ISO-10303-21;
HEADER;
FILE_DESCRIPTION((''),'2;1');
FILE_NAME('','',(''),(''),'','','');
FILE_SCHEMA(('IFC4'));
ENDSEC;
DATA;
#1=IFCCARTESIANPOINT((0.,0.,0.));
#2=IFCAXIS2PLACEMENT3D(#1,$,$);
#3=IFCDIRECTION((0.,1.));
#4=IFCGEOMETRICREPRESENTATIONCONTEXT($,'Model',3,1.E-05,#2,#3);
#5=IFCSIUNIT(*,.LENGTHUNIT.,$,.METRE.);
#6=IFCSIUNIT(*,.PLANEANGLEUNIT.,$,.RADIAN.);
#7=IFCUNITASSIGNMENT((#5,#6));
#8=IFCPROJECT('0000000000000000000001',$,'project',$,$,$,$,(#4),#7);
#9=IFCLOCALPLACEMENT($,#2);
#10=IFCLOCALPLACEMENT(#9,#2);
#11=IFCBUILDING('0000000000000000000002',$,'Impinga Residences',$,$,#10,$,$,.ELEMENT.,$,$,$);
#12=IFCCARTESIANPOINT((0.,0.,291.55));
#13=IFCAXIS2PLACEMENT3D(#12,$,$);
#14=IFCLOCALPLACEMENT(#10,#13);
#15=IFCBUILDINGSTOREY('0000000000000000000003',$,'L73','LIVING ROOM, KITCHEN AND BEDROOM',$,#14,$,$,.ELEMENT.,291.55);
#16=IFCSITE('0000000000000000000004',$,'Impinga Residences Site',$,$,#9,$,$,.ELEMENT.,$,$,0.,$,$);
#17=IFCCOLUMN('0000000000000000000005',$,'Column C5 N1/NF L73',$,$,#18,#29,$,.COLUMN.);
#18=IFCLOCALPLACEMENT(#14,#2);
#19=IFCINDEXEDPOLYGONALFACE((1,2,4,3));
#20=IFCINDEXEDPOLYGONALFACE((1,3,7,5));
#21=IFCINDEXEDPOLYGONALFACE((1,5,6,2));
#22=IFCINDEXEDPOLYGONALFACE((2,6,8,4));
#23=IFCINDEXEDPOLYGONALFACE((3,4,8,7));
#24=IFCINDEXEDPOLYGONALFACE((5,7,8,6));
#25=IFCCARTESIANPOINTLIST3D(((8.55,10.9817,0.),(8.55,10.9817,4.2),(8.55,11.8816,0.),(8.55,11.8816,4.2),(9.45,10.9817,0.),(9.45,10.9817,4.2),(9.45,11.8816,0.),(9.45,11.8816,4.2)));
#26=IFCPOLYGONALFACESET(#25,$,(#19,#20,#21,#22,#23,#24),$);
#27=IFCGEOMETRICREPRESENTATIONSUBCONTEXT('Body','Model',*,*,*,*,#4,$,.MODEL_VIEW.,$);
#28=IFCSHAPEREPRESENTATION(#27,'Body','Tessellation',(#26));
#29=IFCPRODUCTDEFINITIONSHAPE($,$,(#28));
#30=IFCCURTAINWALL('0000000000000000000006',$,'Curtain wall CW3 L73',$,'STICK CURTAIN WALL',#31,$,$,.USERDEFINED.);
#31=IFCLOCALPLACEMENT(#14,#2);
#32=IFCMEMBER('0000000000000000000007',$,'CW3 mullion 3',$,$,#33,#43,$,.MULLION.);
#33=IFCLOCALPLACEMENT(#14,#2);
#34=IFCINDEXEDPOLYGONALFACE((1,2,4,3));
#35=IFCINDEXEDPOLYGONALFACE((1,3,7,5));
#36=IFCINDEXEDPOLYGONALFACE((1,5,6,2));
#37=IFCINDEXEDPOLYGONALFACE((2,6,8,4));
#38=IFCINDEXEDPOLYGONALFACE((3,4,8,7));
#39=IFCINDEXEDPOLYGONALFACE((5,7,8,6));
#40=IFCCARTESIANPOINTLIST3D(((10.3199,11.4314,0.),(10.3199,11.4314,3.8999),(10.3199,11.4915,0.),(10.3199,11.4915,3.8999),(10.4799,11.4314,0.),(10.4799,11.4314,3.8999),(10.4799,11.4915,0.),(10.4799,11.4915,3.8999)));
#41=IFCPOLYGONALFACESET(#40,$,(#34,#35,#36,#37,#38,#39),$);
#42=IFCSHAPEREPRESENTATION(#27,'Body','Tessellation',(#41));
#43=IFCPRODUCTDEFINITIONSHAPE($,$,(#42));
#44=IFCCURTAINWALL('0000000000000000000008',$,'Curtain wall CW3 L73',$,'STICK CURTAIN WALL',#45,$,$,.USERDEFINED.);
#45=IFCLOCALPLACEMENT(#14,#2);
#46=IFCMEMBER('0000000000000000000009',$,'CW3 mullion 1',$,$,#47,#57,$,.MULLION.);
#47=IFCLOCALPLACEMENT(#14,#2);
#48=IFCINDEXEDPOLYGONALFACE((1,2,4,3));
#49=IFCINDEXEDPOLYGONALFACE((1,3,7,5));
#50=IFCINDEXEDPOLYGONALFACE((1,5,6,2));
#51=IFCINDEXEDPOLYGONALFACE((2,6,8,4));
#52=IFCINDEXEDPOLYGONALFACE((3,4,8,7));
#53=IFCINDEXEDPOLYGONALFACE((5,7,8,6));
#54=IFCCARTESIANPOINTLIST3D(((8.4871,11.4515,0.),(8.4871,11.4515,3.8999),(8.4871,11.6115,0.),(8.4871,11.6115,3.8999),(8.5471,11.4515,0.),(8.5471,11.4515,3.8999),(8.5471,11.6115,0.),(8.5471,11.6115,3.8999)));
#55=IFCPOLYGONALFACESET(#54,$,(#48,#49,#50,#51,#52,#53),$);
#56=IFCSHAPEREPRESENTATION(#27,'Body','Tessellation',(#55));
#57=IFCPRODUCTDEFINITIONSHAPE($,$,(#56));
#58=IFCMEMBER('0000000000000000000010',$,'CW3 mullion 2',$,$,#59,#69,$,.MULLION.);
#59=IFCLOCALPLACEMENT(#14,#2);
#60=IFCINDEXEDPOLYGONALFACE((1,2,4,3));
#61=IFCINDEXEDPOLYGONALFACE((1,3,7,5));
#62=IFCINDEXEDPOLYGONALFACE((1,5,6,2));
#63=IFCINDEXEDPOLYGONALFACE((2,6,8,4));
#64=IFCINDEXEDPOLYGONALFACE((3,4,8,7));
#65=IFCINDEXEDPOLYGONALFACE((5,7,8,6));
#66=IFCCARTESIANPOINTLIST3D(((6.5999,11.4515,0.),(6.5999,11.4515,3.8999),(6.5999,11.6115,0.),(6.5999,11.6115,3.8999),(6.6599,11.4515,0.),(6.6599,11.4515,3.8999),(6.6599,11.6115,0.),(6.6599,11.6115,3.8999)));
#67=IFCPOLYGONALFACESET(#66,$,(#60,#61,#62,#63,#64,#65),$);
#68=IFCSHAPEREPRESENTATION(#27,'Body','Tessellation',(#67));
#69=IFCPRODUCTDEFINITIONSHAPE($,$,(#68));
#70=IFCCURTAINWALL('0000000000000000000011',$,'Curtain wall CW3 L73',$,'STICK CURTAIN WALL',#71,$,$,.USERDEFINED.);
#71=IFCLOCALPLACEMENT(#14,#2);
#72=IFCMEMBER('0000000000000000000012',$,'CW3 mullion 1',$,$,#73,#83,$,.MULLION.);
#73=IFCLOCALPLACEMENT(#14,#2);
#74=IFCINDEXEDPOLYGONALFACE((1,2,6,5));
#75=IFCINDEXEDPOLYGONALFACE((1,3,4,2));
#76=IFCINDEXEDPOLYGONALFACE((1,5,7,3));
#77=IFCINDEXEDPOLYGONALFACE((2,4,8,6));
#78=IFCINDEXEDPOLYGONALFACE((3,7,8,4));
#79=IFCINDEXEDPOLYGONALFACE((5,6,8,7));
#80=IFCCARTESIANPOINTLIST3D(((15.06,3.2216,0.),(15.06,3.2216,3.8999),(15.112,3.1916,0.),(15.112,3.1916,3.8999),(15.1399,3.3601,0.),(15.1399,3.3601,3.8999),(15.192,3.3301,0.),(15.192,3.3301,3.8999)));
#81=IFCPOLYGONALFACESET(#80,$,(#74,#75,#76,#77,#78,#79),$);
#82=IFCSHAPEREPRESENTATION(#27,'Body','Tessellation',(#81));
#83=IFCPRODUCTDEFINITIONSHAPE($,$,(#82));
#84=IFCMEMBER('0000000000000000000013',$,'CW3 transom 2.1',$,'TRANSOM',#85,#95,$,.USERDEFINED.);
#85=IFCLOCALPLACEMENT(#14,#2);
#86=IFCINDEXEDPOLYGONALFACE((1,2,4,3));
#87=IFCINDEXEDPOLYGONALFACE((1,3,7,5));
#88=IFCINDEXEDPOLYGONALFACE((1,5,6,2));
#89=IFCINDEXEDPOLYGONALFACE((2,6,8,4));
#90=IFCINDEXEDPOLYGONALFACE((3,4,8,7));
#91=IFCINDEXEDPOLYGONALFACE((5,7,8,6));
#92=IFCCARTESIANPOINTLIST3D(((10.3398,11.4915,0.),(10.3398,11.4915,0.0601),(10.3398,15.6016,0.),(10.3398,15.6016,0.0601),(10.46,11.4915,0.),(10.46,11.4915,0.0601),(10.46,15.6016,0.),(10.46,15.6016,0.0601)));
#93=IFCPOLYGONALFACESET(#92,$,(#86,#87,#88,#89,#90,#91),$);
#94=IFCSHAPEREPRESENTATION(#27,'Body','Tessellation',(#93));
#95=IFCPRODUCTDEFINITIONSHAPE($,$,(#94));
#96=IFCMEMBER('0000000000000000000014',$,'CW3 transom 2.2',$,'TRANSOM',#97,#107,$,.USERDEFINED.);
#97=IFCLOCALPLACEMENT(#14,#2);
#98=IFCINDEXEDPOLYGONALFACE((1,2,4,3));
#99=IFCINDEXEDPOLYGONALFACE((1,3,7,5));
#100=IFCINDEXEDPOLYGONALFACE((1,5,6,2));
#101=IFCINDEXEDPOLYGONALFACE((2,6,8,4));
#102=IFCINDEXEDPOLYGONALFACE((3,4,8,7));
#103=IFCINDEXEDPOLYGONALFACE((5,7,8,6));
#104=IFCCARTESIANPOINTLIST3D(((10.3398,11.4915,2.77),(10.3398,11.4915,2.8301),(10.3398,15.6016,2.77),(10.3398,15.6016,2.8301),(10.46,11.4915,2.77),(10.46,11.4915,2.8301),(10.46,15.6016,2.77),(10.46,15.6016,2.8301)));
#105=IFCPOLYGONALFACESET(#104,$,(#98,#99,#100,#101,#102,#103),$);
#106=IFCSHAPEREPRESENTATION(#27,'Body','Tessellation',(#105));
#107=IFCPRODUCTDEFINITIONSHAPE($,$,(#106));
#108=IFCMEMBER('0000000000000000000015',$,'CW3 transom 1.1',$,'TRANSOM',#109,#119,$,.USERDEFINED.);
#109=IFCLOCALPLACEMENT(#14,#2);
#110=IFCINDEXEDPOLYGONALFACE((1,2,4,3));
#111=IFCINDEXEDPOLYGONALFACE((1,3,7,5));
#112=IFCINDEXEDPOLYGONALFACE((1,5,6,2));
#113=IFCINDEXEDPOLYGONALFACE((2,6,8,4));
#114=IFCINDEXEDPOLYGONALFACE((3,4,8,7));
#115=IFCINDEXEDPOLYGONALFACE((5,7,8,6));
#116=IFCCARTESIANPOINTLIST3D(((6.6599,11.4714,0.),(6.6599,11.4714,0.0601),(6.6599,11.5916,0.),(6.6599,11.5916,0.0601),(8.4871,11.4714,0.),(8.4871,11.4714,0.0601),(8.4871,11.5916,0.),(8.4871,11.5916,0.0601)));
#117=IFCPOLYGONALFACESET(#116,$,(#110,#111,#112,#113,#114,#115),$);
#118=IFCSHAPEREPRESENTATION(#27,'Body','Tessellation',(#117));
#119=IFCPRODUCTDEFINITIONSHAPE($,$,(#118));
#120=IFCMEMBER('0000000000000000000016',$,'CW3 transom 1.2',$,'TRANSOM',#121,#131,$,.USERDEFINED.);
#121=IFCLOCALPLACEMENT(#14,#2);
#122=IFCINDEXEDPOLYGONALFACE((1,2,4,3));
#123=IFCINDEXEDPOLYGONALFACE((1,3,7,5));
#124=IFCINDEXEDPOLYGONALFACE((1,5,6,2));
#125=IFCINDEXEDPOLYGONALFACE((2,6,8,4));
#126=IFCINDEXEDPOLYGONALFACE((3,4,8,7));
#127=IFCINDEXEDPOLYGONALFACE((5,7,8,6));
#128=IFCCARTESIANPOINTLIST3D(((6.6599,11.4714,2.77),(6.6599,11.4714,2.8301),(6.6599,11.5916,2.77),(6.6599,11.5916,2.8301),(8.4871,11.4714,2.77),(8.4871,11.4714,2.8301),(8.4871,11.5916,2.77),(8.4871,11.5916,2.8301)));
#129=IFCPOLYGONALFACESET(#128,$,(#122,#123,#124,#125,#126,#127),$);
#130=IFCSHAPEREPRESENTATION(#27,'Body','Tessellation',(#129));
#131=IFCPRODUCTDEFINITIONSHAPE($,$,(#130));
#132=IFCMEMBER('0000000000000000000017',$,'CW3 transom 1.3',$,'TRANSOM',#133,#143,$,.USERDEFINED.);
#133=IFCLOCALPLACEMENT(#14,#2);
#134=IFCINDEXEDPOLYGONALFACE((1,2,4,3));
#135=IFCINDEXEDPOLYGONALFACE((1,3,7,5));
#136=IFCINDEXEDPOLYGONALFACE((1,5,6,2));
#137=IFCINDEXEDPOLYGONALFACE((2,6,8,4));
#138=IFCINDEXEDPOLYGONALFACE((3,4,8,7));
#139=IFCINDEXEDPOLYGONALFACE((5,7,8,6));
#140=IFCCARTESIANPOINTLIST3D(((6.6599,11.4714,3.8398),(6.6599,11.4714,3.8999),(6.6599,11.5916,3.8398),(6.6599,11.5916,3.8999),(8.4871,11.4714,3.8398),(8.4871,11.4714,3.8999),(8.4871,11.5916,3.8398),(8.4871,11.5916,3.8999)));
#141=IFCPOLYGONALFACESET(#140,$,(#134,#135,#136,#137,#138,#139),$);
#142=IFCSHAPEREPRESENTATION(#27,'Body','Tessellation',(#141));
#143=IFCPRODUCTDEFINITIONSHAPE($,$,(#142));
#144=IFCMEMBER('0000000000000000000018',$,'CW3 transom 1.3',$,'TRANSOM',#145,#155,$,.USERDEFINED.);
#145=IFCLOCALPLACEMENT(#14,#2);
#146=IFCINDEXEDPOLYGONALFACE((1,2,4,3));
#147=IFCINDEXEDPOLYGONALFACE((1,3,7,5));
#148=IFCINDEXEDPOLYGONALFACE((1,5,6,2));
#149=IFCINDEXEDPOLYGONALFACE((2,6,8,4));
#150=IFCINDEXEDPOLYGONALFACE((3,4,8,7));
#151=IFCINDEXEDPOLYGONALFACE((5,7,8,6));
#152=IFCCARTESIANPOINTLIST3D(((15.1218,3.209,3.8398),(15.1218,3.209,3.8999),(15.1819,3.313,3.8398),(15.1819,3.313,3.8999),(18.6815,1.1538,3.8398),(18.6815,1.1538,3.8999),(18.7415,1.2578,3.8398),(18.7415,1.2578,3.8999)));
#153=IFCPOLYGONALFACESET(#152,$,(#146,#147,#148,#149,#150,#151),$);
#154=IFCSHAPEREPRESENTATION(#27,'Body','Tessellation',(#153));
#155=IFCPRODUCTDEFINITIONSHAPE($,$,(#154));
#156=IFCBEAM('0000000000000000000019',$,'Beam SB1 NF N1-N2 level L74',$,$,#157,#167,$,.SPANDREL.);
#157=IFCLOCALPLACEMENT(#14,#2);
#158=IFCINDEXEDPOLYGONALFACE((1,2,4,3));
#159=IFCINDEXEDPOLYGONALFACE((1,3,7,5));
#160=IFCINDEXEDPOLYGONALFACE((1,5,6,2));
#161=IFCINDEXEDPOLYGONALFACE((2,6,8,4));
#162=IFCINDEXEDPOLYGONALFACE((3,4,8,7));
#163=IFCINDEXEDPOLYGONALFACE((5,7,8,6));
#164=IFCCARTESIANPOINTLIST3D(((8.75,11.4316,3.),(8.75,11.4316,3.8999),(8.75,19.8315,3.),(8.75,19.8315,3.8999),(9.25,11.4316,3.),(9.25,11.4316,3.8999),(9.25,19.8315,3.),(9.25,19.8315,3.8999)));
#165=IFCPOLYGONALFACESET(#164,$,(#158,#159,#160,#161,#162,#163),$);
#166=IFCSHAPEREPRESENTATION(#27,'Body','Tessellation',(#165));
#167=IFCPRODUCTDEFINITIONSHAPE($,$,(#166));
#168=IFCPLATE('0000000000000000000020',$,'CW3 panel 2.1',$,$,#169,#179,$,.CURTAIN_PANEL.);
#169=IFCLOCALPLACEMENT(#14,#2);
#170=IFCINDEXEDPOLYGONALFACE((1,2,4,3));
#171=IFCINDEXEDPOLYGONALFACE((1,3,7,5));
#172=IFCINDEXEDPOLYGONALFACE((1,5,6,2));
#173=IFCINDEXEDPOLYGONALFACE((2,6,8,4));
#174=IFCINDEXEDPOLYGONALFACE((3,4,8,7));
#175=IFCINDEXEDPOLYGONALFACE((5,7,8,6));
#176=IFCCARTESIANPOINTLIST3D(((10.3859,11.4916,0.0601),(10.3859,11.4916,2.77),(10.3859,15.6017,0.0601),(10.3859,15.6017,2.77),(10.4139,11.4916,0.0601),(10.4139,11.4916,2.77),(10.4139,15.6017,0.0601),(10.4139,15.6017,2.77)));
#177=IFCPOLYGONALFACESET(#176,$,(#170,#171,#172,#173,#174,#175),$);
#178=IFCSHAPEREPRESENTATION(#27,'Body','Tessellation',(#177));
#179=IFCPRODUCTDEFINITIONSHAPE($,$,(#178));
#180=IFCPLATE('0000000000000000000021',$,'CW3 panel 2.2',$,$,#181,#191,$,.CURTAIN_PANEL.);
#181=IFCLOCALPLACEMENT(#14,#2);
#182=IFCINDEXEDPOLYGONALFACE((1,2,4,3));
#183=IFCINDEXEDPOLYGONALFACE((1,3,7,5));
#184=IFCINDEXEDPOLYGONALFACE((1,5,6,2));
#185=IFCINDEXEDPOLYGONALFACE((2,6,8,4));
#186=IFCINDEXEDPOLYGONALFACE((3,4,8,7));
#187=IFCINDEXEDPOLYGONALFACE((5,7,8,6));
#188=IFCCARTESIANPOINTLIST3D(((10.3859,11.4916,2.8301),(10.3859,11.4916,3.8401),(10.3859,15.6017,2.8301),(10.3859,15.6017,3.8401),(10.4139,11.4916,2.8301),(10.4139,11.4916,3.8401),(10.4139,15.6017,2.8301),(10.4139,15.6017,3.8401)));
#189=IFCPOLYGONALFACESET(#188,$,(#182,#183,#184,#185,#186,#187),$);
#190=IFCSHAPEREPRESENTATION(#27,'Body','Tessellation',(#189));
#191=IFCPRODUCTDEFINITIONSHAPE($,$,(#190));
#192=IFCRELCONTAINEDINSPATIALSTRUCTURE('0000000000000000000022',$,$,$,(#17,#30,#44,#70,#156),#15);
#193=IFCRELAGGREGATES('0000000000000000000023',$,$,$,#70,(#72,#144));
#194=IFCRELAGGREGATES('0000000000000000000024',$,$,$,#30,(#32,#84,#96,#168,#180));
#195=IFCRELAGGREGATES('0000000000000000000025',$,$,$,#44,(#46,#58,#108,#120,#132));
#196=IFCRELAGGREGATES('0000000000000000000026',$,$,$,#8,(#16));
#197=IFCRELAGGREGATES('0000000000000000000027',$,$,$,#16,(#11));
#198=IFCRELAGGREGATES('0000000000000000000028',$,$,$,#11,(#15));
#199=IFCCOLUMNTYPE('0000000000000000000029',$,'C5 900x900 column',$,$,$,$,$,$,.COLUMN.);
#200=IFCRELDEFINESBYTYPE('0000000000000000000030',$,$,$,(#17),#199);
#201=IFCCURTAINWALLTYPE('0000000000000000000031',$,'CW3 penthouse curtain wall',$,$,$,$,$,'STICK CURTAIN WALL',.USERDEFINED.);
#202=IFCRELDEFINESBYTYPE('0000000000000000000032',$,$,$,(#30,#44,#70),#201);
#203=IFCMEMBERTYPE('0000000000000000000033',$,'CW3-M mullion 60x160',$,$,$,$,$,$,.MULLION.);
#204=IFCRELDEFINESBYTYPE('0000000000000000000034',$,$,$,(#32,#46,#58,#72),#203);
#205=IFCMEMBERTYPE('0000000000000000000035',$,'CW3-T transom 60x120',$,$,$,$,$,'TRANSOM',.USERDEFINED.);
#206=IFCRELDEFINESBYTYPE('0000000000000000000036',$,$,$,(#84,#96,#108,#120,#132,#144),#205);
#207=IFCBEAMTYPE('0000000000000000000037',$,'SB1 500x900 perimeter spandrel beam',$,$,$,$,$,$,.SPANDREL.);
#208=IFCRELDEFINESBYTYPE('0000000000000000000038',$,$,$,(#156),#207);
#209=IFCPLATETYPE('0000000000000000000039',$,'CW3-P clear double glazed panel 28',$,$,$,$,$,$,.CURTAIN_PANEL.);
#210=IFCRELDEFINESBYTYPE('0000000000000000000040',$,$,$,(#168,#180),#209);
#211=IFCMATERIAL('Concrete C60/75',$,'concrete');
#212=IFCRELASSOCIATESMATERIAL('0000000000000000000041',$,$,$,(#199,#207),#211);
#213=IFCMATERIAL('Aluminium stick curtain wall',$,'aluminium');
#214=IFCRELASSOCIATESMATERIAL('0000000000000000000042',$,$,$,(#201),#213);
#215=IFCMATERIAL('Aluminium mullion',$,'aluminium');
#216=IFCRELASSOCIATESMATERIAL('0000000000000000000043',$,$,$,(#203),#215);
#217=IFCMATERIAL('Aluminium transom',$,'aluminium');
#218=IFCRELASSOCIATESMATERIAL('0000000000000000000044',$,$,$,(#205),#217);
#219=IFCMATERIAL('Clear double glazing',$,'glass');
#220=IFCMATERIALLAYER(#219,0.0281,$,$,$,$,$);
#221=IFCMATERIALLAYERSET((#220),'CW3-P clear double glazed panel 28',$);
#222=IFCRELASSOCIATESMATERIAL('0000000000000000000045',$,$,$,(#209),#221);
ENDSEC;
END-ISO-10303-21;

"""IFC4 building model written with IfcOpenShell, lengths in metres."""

from ifc_helpers import new_model, si_unit, direction, frame, origin, origin_2d, place, context, subcontext, project, spatial, rectangle, extrude, material, layer, layer_set, material_profile, profile_set, type_object, element, aggregate, save


model = new_model("IFC4")

# Units and contexts
model_context = context("Model", 3, precision=1e-05, world=origin(), true_north=direction((0.0, 1.0)))
body_context = subcontext(model_context, "Body", "Model", "MODEL_VIEW")
ifc_project = project(units=[si_unit("LENGTHUNIT", "METRE"), si_unit("PLANEANGLEUNIT", "RADIAN")], contexts=[model_context])

# Site, building, storey
site_placement = place(None, origin())
site = spatial("IfcSite", under=ifc_project, at=site_placement, Name="Impinga Residences Site", CompositionType="ELEMENT", RefElevation=0.0)
building_placement = place(site_placement, origin())
building = spatial("IfcBuilding", under=site, at=building_placement, Name="Impinga Residences", CompositionType="ELEMENT")
storey_placement = place(building_placement, frame((0.0, 0.0, 291.55)))
storey = spatial("IfcBuildingStorey", under=building, at=storey_placement, Name="L73", Description="LIVING ROOM, KITCHEN AND BEDROOM", CompositionType="ELEMENT", Elevation=291.55)

# Column
ifc_material_1 = material(Name="Concrete C60/75", Category="concrete")
ifc_material_profile_1 = material_profile(ifc_material_1, rectangle(XDim=0.8999, YDim=0.8999, at=origin_2d()), Name="RC 900x900")
ifc_profile_set_1 = profile_set([ifc_material_profile_1], Name="Concrete C60/75")
column_type = type_object("IfcColumnType", Name="C5 900x900 column", PredefinedType="COLUMN", material=ifc_profile_set_1)
column_placement = place(storey_placement, frame((9.0, 11.4316, 0.0), z_axis=(0.0, 0.0, 1.0), x_axis=(1.0, 0.0, 0.0)))
element("IfcColumn", 1, at=column_placement, inside=storey, type_object=column_type, Name="Column C5 N1/NF L73", PredefinedType="COLUMN", context=body_context, shape_type="SweptSolid", body=[
    extrude(rectangle(XDim=0.8999, YDim=0.8999, at=origin_2d()), origin(), (0.0, 0.0, 1.0), 4.2),
])

# Curtain wall, member
ifc_material_2 = material(Name="Aluminium stick curtain wall", Category="aluminium")
curtain_wall_type = type_object("IfcCurtainWallType", Name="CW3 penthouse curtain wall", ElementType="STICK CURTAIN WALL", PredefinedType="USERDEFINED", material=ifc_material_2)
curtain_wall_1_placement = place(storey_placement, origin())
curtain_wall_1 = element("IfcCurtainWall", 2, at=curtain_wall_1_placement, inside=storey, type_object=curtain_wall_type, Name="Curtain wall CW3 L73", ObjectType="STICK CURTAIN WALL", PredefinedType="USERDEFINED")
ifc_material_3 = material(Name="Aluminium mullion", Category="aluminium")
ifc_material_profile_2 = material_profile(ifc_material_3, rectangle(XDim=0.0601, YDim=0.1599, at=origin_2d()), Name="60x160 mullion")
ifc_profile_set_2 = profile_set([ifc_material_profile_2], Name="Aluminium mullion")
member_type_1 = type_object("IfcMemberType", Name="CW3-M mullion 60x160", PredefinedType="MULLION", material=ifc_profile_set_2)
member_1_placement = place(storey_placement, frame((10.3999, 11.4614, 0.0), z_axis=(0.0, 0.0, 1.0), x_axis=(0.0, -1.0, 0.0)))
member_1 = element("IfcMember", 3, at=member_1_placement, type_object=member_type_1, Name="CW3 mullion 3", PredefinedType="MULLION", context=body_context, shape_type="SweptSolid", body=[
    extrude(rectangle(XDim=0.0601, YDim=0.1599, at=origin_2d()), origin(), (0.0, 0.0, 1.0), 3.8999),
])

# Curtain wall, members
curtain_wall_2_placement = place(storey_placement, origin())
curtain_wall_2 = element("IfcCurtainWall", 4, at=curtain_wall_2_placement, inside=storey, type_object=curtain_wall_type, Name="Curtain wall CW3 L73", ObjectType="STICK CURTAIN WALL", PredefinedType="USERDEFINED")
member_2_placement = place(storey_placement, frame((8.5171, 11.5315, 0.0), z_axis=(0.0, 0.0, 1.0), x_axis=(-1.0, 0.0, 0.0)))
member_2 = element("IfcMember", 5, at=member_2_placement, type_object=member_type_1, Name="CW3 mullion 1", PredefinedType="MULLION", context=body_context, shape_type="SweptSolid", body=[
    extrude(rectangle(XDim=0.0601, YDim=0.1599, at=origin_2d()), origin(), (0.0, 0.0, 1.0), 3.8999),
])
member_3_placement = place(storey_placement, frame((6.6299, 11.5315, 0.0), z_axis=(0.0, 0.0, 1.0), x_axis=(-1.0, 0.0, 0.0)))
member_3 = element("IfcMember", 6, at=member_3_placement, type_object=member_type_1, Name="CW3 mullion 2", PredefinedType="MULLION", context=body_context, shape_type="SweptSolid", body=[
    extrude(rectangle(XDim=0.0601, YDim=0.1599, at=origin_2d()), origin(), (0.0, 0.0, 1.0), 3.8999),
])

# Curtain wall, member
curtain_wall_3_placement = place(storey_placement, origin())
curtain_wall_3 = element("IfcCurtainWall", 7, at=curtain_wall_3_placement, inside=storey, type_object=curtain_wall_type, Name="Curtain wall CW3 L73", ObjectType="STICK CURTAIN WALL", PredefinedType="USERDEFINED")
member_4_placement = place(storey_placement, frame((15.126, 3.2759, 0.0), z_axis=(0.0, 0.0, 1.0), x_axis=(0.866025, -0.5, 0.0)))
member_4 = element("IfcMember", 8, at=member_4_placement, type_object=member_type_1, Name="CW3 mullion 1", PredefinedType="MULLION", context=body_context, shape_type="SweptSolid", body=[
    extrude(rectangle(XDim=0.0601, YDim=0.1599, at=origin_2d()), origin(), (0.0, 0.0, 1.0), 3.8999),
])

# Members
ifc_material_4 = material(Name="Aluminium transom", Category="aluminium")
ifc_material_profile_3 = material_profile(ifc_material_4, rectangle(XDim=0.0601, YDim=0.1201, at=origin_2d()), Name="60x120 transom")
ifc_profile_set_3 = profile_set([ifc_material_profile_3], Name="Aluminium transom")
member_type_2 = type_object("IfcMemberType", Name="CW3-T transom 60x120", ElementType="TRANSOM", PredefinedType="USERDEFINED", material=ifc_profile_set_3)
member_5_placement = place(storey_placement, frame((10.3999, 15.6016, 0.03), z_axis=(0.0, -1.0, 0.0), x_axis=(0.0, 0.0, 1.0)))
member_5 = element("IfcMember", 9, at=member_5_placement, type_object=member_type_2, Name="CW3 transom 2.1", ObjectType="TRANSOM", PredefinedType="USERDEFINED", context=body_context, shape_type="SweptSolid", body=[
    extrude(rectangle(XDim=0.0601, YDim=0.1201, at=origin_2d()), origin(), (0.0, 0.0, 1.0), 4.1101),
])
member_6_placement = place(storey_placement, frame((10.3999, 15.6016, 2.8), z_axis=(0.0, -1.0, 0.0), x_axis=(0.0, 0.0, 1.0)))
member_6 = element("IfcMember", 10, at=member_6_placement, type_object=member_type_2, Name="CW3 transom 2.2", ObjectType="TRANSOM", PredefinedType="USERDEFINED", context=body_context, shape_type="SweptSolid", body=[
    extrude(rectangle(XDim=0.0601, YDim=0.1201, at=origin_2d()), origin(), (0.0, 0.0, 1.0), 4.1101),
])
member_7_placement = place(storey_placement, frame((8.4871, 11.5315, 0.03), z_axis=(-1.0, 0.0, 0.0), x_axis=(0.0, 0.0, 1.0)))
member_7 = element("IfcMember", 11, at=member_7_placement, type_object=member_type_2, Name="CW3 transom 1.1", ObjectType="TRANSOM", PredefinedType="USERDEFINED", context=body_context, shape_type="SweptSolid", body=[
    extrude(rectangle(XDim=0.0601, YDim=0.1201, at=origin_2d()), origin(), (0.0, 0.0, 1.0), 1.8271),
])
member_8_placement = place(storey_placement, frame((8.4871, 11.5315, 2.8), z_axis=(-1.0, 0.0, 0.0), x_axis=(0.0, 0.0, 1.0)))
member_8 = element("IfcMember", 12, at=member_8_placement, type_object=member_type_2, Name="CW3 transom 1.2", ObjectType="TRANSOM", PredefinedType="USERDEFINED", context=body_context, shape_type="SweptSolid", body=[
    extrude(rectangle(XDim=0.0601, YDim=0.1201, at=origin_2d()), origin(), (0.0, 0.0, 1.0), 1.8271),
])
member_9_placement = place(storey_placement, frame((8.4871, 11.5315, 3.8699), z_axis=(-1.0, 0.0, 0.0), x_axis=(0.0, 0.0, 1.0)))
member_9 = element("IfcMember", 13, at=member_9_placement, type_object=member_type_2, Name="CW3 transom 1.3", ObjectType="TRANSOM", PredefinedType="USERDEFINED", context=body_context, shape_type="SweptSolid", body=[
    extrude(rectangle(XDim=0.0601, YDim=0.1201, at=origin_2d()), origin(), (0.0, 0.0, 1.0), 1.8271),
])
member_10_placement = place(storey_placement, frame((15.1519, 3.261, 3.8699), z_axis=(0.866019, -0.50001, 0.0), x_axis=(0.0, 0.0, 1.0)))
member_10 = element("IfcMember", 14, at=member_10_placement, type_object=member_type_2, Name="CW3 transom 1.3", ObjectType="TRANSOM", PredefinedType="USERDEFINED", context=body_context, shape_type="SweptSolid", body=[
    extrude(rectangle(XDim=0.0601, YDim=0.1201, at=origin_2d()), origin(), (0.0, 0.0, 1.0), 4.1104),
])
aggregate(curtain_wall_3, [member_4, member_10])

# Beam
ifc_material_profile_4 = material_profile(ifc_material_1, rectangle(XDim=0.5, YDim=0.8999, at=origin_2d()), Name="RC 500x900")
ifc_profile_set_4 = profile_set([ifc_material_profile_4], Name="Concrete C60/75")
beam_type = type_object("IfcBeamType", Name="SB1 500x900 perimeter spandrel beam", PredefinedType="SPANDREL", material=ifc_profile_set_4)
beam_placement = place(storey_placement, frame((9.0, 11.4316, 3.45), z_axis=(0.0, 1.0, 0.0), x_axis=(-1.0, 0.0, 0.0)))
element("IfcBeam", 15, at=beam_placement, inside=storey, type_object=beam_type, Name="Beam SB1 NF N1-N2 level L74", PredefinedType="SPANDREL", context=body_context, shape_type="SweptSolid", body=[
    extrude(rectangle(XDim=0.5, YDim=0.8999, at=origin_2d()), origin(), (0.0, 0.0, 1.0), 8.3999),
])

# Plates
ifc_material_5 = material(Name="Clear double glazing", Category="glass")
ifc_layer_1 = layer(ifc_material_5, 0.0281)
ifc_layer_set_1 = layer_set([ifc_layer_1], Name="CW3-P clear double glazed panel 28")
plate_type = type_object("IfcPlateType", Name="CW3-P clear double glazed panel 28", PredefinedType="CURTAIN_PANEL", material=ifc_layer_set_1)
plate_1_placement = place(storey_placement, frame((10.3999, 13.5466, 0.0601), z_axis=(0.0, 0.0, 1.0), x_axis=(0.0, -1.0, 0.0)))
plate_1 = element("IfcPlate", 16, at=plate_1_placement, type_object=plate_type, Name="CW3 panel 2.1", PredefinedType="CURTAIN_PANEL", context=body_context, shape_type="SweptSolid", body=[
    extrude(rectangle(XDim=4.1101, YDim=0.0281, at=origin_2d()), origin(), (0.0, 0.0, 1.0), 2.71),
])
plate_2_placement = place(storey_placement, frame((10.3999, 13.5466, 2.8301), z_axis=(0.0, 0.0, 1.0), x_axis=(0.0, -1.0, 0.0)))
plate_2 = element("IfcPlate", 17, at=plate_2_placement, type_object=plate_type, Name="CW3 panel 2.2", PredefinedType="CURTAIN_PANEL", context=body_context, shape_type="SweptSolid", body=[
    extrude(rectangle(XDim=4.1101, YDim=0.0281, at=origin_2d()), origin(), (0.0, 0.0, 1.0), 1.01),
])
aggregate(curtain_wall_1, [member_1, member_5, member_6, plate_1, plate_2])
aggregate(curtain_wall_2, [member_2, member_3, member_7, member_8, member_9])

save(model, "model.ifc")
